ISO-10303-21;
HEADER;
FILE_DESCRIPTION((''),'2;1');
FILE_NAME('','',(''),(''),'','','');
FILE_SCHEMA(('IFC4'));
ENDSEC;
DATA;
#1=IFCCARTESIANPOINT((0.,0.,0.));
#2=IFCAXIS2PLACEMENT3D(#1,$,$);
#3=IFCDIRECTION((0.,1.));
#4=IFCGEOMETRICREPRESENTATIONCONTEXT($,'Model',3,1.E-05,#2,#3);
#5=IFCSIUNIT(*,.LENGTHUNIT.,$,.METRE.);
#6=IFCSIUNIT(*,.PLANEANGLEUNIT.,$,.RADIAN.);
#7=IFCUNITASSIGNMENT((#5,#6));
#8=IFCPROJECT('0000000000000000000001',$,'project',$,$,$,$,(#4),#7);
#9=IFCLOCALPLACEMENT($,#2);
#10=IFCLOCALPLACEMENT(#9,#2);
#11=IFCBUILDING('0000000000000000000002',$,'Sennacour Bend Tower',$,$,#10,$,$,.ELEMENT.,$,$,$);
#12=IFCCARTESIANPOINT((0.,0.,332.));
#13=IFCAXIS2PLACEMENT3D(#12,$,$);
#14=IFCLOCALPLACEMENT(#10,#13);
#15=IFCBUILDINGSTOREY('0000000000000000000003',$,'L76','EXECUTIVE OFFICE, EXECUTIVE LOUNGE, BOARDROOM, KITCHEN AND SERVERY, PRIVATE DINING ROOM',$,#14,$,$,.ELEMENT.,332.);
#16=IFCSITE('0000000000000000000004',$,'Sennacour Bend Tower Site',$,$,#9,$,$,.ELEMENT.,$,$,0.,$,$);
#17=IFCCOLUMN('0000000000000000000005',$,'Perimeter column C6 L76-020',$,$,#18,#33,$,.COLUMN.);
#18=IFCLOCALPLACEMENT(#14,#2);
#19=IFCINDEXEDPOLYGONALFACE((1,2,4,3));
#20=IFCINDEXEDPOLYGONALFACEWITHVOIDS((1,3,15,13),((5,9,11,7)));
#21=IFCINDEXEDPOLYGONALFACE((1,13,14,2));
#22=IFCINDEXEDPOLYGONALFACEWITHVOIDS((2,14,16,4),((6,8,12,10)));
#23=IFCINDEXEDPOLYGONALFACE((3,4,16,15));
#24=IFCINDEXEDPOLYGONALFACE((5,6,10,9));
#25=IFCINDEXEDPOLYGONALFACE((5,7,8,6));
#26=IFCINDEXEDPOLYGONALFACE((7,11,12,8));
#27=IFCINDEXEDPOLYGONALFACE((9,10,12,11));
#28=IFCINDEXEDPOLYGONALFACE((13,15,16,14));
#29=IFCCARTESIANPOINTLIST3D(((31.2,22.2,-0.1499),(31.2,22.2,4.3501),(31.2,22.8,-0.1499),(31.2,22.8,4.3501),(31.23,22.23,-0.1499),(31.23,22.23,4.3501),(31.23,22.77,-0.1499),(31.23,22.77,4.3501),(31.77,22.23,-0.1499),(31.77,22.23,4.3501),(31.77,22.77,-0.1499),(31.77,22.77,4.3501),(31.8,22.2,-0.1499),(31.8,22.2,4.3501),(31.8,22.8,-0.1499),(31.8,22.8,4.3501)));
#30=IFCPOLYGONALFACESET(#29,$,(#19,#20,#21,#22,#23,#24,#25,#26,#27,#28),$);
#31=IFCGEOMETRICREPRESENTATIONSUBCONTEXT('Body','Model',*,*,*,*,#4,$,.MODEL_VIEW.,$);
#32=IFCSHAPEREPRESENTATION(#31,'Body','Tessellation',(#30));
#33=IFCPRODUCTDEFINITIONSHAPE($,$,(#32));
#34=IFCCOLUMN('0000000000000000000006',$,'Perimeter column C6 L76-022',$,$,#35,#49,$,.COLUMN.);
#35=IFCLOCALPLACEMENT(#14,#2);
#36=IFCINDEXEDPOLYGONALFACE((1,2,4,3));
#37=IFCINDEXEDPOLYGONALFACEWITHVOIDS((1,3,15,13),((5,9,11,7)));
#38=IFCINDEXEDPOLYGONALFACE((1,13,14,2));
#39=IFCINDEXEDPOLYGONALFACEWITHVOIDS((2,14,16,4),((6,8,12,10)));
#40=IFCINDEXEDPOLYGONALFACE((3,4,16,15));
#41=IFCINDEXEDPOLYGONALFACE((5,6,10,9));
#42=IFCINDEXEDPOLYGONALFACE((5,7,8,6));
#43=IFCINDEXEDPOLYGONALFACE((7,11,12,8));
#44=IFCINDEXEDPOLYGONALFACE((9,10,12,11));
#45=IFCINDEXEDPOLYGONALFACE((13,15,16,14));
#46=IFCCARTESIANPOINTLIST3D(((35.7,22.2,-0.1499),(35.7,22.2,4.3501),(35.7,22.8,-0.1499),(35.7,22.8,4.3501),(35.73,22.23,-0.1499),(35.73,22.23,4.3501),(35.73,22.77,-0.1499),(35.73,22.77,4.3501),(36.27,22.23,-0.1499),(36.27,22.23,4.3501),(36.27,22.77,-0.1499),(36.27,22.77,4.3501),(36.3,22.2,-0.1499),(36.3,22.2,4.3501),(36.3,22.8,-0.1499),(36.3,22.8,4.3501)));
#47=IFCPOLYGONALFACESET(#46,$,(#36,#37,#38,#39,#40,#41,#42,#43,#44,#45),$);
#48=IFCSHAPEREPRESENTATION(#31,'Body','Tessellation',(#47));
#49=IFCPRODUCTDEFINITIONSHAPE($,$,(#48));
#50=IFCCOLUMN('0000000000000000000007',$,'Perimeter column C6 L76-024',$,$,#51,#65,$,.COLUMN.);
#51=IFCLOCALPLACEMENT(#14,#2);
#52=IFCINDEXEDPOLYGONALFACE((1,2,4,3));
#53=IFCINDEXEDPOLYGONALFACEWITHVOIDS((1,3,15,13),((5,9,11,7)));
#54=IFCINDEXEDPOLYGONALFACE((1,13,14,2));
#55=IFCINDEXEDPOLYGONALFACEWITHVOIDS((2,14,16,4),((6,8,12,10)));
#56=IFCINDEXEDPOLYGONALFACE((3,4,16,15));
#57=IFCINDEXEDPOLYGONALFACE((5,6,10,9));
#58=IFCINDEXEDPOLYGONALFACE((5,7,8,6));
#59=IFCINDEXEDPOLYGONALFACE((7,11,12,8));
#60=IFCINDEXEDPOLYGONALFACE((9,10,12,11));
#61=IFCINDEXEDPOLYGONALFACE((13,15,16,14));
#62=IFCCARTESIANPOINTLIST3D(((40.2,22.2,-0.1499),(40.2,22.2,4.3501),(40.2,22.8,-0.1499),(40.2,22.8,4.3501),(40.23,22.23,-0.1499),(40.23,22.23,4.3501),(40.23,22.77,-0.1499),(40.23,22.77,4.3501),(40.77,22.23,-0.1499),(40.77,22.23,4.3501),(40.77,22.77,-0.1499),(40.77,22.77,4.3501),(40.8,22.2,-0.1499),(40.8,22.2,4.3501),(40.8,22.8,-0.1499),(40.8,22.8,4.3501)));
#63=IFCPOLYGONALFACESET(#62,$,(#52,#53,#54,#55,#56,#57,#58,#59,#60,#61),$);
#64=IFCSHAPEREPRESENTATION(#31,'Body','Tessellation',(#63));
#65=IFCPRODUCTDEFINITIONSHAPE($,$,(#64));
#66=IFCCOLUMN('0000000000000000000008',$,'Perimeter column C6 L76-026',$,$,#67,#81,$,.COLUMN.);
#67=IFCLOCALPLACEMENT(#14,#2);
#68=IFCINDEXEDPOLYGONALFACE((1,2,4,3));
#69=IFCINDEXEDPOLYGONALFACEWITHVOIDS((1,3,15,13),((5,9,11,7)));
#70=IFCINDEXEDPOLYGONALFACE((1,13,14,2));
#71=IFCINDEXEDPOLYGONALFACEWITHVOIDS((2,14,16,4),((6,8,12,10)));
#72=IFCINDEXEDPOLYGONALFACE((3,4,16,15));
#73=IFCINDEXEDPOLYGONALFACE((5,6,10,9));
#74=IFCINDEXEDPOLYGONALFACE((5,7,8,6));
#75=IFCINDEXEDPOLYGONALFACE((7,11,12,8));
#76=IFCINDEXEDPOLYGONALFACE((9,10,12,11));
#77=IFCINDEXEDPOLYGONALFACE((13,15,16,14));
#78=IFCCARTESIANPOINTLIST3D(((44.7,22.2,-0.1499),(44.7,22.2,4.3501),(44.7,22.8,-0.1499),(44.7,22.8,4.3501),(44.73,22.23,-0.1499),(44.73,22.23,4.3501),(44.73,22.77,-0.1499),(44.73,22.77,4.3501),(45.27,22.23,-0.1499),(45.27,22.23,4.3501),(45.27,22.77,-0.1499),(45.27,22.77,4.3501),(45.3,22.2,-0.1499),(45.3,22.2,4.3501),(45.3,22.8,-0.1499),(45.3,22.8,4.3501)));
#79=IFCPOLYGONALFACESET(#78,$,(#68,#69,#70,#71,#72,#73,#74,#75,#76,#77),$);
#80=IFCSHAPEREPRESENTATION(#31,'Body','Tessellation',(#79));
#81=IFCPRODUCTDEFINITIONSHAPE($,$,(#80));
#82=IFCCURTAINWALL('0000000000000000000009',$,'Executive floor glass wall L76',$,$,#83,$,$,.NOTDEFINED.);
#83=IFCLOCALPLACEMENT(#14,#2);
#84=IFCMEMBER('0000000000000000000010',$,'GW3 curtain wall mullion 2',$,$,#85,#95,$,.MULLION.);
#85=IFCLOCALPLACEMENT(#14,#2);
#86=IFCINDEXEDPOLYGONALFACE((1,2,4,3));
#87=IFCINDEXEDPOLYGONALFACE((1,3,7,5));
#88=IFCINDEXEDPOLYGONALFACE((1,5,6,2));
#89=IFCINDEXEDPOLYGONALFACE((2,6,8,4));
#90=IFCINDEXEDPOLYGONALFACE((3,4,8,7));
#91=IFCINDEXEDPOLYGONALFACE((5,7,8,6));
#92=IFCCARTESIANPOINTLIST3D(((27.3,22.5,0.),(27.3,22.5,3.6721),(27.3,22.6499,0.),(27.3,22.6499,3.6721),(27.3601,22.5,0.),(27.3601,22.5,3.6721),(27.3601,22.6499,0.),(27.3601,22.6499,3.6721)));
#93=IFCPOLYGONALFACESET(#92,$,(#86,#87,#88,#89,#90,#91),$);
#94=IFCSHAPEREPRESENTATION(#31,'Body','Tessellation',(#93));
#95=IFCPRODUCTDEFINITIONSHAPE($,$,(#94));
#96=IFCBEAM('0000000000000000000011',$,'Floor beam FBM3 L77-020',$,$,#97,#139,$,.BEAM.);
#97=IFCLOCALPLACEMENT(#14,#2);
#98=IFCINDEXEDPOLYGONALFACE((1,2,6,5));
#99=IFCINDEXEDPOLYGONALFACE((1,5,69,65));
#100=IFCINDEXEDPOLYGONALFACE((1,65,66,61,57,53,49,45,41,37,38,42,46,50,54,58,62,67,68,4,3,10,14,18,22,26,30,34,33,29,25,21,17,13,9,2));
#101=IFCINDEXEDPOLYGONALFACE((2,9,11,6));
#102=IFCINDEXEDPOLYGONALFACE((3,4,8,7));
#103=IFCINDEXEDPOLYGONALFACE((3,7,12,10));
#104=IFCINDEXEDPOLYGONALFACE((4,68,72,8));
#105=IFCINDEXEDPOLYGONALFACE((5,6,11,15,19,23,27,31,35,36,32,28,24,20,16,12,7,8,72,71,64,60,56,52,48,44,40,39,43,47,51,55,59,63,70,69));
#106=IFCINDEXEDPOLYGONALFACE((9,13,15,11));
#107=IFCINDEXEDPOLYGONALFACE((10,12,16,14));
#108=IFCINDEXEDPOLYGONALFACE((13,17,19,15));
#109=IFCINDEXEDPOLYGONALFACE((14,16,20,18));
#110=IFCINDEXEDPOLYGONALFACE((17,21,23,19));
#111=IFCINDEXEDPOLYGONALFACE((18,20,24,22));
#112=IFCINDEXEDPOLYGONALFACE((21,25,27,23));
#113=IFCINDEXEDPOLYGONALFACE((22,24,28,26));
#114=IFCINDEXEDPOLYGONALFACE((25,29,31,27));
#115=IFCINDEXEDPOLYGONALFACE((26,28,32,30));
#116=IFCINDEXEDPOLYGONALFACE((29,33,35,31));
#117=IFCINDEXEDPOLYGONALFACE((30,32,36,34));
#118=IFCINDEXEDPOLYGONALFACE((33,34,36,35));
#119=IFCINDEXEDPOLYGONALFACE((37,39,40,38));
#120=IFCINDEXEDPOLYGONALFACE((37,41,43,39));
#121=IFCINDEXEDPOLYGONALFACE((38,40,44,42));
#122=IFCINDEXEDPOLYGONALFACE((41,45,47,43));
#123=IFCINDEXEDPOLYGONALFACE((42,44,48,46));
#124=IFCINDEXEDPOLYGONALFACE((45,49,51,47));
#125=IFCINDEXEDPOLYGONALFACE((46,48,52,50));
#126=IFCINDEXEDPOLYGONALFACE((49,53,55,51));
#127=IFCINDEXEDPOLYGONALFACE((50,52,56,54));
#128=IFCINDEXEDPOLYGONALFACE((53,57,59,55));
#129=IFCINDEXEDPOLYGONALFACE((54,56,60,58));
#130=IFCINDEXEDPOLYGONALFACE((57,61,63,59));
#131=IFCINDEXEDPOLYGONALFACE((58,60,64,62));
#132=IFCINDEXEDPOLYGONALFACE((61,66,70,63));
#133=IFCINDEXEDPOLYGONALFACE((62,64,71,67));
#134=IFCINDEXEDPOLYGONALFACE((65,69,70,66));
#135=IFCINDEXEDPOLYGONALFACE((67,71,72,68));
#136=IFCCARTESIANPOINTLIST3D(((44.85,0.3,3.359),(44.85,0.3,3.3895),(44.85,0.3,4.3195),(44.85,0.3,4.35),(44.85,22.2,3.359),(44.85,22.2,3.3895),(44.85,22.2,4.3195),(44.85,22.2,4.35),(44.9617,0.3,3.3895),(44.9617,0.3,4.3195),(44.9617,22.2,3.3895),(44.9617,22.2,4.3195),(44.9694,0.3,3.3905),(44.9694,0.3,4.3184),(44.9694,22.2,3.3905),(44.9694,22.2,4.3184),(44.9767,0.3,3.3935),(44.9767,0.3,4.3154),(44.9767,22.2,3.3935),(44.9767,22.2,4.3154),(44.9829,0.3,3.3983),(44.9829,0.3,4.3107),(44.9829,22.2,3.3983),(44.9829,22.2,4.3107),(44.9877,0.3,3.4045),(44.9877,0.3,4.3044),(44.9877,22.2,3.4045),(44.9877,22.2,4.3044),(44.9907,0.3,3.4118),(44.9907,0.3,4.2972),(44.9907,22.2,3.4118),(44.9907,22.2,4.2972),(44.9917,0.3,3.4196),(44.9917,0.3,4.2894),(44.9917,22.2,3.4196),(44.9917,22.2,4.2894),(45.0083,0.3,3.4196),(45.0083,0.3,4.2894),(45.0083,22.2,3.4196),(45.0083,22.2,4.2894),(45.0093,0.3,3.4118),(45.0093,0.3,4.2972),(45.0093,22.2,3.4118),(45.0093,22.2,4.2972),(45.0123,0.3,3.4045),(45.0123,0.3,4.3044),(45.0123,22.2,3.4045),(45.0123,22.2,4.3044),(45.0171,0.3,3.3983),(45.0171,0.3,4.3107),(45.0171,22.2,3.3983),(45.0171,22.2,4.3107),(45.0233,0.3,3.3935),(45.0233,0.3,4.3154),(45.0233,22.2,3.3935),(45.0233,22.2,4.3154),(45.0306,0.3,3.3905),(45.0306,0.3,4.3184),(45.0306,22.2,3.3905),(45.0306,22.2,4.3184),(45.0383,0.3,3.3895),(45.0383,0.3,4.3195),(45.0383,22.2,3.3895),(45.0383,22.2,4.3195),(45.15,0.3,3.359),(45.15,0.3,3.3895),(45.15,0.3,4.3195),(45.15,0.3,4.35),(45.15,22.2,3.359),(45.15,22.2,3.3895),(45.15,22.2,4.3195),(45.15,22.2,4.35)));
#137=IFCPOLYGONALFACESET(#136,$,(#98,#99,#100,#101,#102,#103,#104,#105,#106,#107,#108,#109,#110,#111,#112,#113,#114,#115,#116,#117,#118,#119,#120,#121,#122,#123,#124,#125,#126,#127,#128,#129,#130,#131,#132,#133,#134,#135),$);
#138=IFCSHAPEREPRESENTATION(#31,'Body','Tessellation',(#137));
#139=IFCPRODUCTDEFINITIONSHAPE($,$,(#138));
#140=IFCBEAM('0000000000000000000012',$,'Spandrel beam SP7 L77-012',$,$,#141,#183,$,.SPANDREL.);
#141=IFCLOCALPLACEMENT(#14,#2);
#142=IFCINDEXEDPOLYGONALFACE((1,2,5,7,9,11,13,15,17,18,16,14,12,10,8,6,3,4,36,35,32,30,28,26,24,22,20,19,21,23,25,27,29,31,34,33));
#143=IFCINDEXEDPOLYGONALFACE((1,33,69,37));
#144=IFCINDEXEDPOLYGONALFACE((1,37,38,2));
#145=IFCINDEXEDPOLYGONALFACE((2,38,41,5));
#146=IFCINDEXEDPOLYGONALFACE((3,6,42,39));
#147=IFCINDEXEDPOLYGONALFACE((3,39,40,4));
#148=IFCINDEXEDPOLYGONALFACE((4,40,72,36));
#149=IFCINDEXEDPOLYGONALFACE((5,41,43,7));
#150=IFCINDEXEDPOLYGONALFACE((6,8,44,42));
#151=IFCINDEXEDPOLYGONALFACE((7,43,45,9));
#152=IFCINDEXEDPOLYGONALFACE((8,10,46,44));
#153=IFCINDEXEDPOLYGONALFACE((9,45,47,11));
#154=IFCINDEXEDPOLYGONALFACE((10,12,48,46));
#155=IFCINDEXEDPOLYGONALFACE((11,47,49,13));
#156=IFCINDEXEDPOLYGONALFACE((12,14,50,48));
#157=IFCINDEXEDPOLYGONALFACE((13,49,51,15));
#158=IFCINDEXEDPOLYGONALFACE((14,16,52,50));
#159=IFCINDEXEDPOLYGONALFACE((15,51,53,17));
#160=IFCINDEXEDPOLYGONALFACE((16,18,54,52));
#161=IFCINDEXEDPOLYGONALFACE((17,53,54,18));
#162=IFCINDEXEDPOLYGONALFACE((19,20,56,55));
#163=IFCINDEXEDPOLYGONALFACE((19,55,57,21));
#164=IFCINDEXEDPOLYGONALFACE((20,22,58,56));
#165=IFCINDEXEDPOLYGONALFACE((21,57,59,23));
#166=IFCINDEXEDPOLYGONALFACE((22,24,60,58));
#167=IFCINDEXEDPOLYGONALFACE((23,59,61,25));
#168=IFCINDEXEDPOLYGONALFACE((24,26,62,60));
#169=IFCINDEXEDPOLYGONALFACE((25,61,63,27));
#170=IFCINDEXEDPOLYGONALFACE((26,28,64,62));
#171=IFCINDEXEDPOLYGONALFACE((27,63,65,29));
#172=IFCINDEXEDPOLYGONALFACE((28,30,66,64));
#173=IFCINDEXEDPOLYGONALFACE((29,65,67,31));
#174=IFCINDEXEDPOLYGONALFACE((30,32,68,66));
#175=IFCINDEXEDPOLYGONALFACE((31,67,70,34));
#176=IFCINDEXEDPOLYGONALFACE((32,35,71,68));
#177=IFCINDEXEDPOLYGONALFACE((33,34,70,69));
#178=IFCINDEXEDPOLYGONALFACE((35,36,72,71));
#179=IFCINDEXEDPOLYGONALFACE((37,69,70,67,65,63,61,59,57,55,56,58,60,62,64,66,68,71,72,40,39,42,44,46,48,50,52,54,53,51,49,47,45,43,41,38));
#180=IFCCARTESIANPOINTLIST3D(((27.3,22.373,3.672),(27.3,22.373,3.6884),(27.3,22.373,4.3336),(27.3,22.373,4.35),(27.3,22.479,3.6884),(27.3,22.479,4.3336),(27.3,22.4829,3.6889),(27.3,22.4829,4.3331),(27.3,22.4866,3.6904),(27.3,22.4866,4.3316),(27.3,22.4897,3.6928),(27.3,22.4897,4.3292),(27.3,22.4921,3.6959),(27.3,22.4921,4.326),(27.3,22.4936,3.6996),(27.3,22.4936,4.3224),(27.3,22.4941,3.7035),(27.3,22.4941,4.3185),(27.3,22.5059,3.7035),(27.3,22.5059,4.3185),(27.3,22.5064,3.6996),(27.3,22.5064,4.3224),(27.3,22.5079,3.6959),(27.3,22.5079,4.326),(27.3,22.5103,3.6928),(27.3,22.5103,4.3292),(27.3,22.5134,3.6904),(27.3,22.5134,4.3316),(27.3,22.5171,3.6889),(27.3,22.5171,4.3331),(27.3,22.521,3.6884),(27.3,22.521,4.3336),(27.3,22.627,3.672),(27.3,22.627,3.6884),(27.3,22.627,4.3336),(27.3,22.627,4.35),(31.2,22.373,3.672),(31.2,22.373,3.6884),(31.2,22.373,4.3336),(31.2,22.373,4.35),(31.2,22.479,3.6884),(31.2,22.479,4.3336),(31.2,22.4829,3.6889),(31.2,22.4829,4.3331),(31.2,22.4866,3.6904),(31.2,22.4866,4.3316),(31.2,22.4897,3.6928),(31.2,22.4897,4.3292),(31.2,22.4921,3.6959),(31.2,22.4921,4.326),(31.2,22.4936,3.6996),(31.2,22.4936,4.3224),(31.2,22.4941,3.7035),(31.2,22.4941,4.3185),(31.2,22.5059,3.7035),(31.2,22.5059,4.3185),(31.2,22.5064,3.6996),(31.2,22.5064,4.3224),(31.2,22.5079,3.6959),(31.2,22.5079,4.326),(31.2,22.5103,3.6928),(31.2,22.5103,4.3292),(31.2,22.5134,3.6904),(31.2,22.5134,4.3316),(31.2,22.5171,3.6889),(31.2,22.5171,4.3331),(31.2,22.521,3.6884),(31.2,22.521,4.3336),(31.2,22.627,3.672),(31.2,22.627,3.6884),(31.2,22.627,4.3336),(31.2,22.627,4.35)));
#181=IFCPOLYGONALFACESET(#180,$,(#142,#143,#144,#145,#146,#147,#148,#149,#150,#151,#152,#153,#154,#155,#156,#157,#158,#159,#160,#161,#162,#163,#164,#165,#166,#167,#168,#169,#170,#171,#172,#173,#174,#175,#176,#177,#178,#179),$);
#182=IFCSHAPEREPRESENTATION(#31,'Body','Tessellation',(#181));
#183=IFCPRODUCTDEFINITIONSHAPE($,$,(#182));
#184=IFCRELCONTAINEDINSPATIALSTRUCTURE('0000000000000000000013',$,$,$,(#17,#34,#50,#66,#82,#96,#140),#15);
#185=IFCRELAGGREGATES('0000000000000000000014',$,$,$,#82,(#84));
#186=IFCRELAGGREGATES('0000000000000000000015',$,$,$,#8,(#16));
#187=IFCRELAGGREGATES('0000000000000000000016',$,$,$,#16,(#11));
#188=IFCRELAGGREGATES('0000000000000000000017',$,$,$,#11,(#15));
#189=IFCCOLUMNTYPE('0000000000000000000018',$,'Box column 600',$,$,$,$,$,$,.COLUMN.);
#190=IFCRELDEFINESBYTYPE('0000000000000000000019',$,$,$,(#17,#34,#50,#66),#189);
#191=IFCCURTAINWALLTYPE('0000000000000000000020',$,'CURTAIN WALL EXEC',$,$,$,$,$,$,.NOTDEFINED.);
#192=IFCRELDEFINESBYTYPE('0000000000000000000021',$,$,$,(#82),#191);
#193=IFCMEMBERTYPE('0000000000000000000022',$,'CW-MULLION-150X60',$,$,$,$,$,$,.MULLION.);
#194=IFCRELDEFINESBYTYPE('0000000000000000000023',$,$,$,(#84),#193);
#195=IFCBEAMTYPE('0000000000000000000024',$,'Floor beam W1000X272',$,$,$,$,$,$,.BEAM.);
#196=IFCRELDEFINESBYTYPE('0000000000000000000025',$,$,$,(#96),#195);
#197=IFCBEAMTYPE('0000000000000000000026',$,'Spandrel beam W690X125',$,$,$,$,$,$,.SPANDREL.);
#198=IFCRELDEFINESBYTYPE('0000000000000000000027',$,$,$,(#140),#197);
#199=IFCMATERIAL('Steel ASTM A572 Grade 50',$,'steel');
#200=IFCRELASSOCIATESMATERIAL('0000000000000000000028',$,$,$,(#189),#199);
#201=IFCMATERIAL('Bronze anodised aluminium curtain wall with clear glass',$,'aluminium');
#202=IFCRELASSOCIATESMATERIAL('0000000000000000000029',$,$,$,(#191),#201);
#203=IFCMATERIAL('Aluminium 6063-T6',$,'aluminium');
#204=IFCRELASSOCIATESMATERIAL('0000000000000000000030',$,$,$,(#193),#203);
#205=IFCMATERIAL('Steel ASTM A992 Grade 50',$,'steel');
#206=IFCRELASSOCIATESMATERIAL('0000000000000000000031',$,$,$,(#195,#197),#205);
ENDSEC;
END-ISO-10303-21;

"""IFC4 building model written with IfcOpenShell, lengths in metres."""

from ifc_helpers import new_model, si_unit, direction, frame, origin, origin_2d, place, context, subcontext, project, spatial, rectangle, hollow_rectangle, i_section, extrude, material, material_profile, profile_set, type_object, element, aggregate, save


model = new_model("IFC4")

# Units and contexts
model_context = context("Model", 3, precision=1e-05, world=origin(), true_north=direction((0.0, 1.0)))
body_context = subcontext(model_context, "Body", "Model", "MODEL_VIEW")
ifc_project = project(units=[si_unit("LENGTHUNIT", "METRE"), si_unit("PLANEANGLEUNIT", "RADIAN")], contexts=[model_context])

# Site, building, storey
site_placement = place(None, origin())
site = spatial("IfcSite", under=ifc_project, at=site_placement, Name="Sennacour Bend Tower Site", CompositionType="ELEMENT", RefElevation=0.0)
building_placement = place(site_placement, origin())
building = spatial("IfcBuilding", under=site, at=building_placement, Name="Sennacour Bend Tower", CompositionType="ELEMENT")
storey_placement = place(building_placement, frame((0.0, 0.0, 332.0)))
storey = spatial("IfcBuildingStorey", under=building, at=storey_placement, Name="L76", Description="EXECUTIVE OFFICE, EXECUTIVE LOUNGE, BOARDROOM, KITCHEN AND SERVERY, PRIVATE DINING ROOM", CompositionType="ELEMENT", Elevation=332.0)

# Columns
ifc_material_1 = material(Name="Steel ASTM A572 Grade 50", Category="steel")
ifc_material_profile_1 = material_profile(ifc_material_1, hollow_rectangle(XDim=0.6001, YDim=0.6001, WallThickness=0.03, at=origin_2d()), Name="Steel ASTM A572 Grade 50", Category="steel")
ifc_profile_set_1 = profile_set([ifc_material_profile_1], Name="Steel ASTM A572 Grade 50")
column_type = type_object("IfcColumnType", Name="Box column 600", PredefinedType="COLUMN", material=ifc_profile_set_1)
for number, where, z_axis, x_axis, name in (
    (1, (31.5, 22.5, -0.1499), (0.0, 0.0, 1.0), (1.0, 0.0, 0.0), "Perimeter column C6 L76-020"),
    (2, (36.0, 22.5, -0.1499), (0.0, 0.0, 1.0), (1.0, 0.0, 0.0), "Perimeter column C6 L76-022"),
    (3, (40.5, 22.5, -0.1499), (0.0, 0.0, 1.0), (1.0, 0.0, 0.0), "Perimeter column C6 L76-024"),
    (4, (45.0, 22.5, -0.1499), (0.0, 0.0, 1.0), (1.0, 0.0, 0.0), "Perimeter column C6 L76-026"),
):
    element("IfcColumn", number, at=place(storey_placement, frame(where, z_axis=z_axis, x_axis=x_axis)), inside=storey, type_object=column_type, Name=name, PredefinedType="COLUMN", context=body_context, shape_type="SweptSolid", body=[
        extrude(hollow_rectangle(XDim=0.6001, YDim=0.6001, WallThickness=0.03, at=origin_2d()), origin(), (0.0, 0.0, 1.0), 4.5),
    ])

# Curtain wall, member
ifc_material_2 = material(Name="Bronze anodised aluminium curtain wall with clear glass", Category="aluminium")
curtain_wall_type = type_object("IfcCurtainWallType", Name="CURTAIN WALL EXEC", PredefinedType="NOTDEFINED", material=ifc_material_2)
curtain_wall_placement = place(storey_placement, origin())
curtain_wall = element("IfcCurtainWall", 5, at=curtain_wall_placement, inside=storey, type_object=curtain_wall_type, Name="Executive floor glass wall L76", PredefinedType="NOTDEFINED")
ifc_material_3 = material(Name="Aluminium 6063-T6", Category="aluminium")
ifc_material_profile_2 = material_profile(ifc_material_3, rectangle(XDim=0.1499, YDim=0.0601, at=origin_2d()), Name="Aluminium 6063-T6", Category="aluminium")
ifc_profile_set_2 = profile_set([ifc_material_profile_2], Name="Aluminium 6063-T6")
member_type = type_object("IfcMemberType", Name="CW-MULLION-150X60", PredefinedType="MULLION", material=ifc_profile_set_2)
member_placement = place(storey_placement, frame((27.3301, 22.575, 0.0), z_axis=(0.0, 0.0, 1.0), x_axis=(0.0, -1.0, 0.0)))
member = element("IfcMember", 6, at=member_placement, type_object=member_type, Name="GW3 curtain wall mullion 2", PredefinedType="MULLION", context=body_context, shape_type="SweptSolid", body=[
    extrude(rectangle(XDim=0.1499, YDim=0.0601, at=origin_2d()), origin(), (0.0, 0.0, 1.0), 3.6721),
])

# Beams
ifc_material_4 = material(Name="Steel ASTM A992 Grade 50", Category="steel")
ifc_material_profile_3 = material_profile(ifc_material_4, i_section(OverallWidth=0.3, OverallDepth=0.991, WebThickness=0.0166, FlangeThickness=0.0305, FilletRadius=0.03, at=origin_2d()), Name="Steel ASTM A992 Grade 50", Category="steel")
ifc_profile_set_3 = profile_set([ifc_material_profile_3], Name="Steel ASTM A992 Grade 50")
beam_type_1 = type_object("IfcBeamType", Name="Floor beam W1000X272", PredefinedType="BEAM", material=ifc_profile_set_3)
beam_placement = place(storey_placement, frame((45.0, 0.3, 3.8545), z_axis=(0.0, 1.0, 0.0), x_axis=(-1.0, 0.0, 0.0)))
element("IfcBeam", 7, at=beam_placement, inside=storey, type_object=beam_type_1, Name="Floor beam FBM3 L77-020", PredefinedType="BEAM", context=body_context, shape_type="SweptSolid", body=[
    extrude(i_section(OverallWidth=0.3, OverallDepth=0.991, WebThickness=0.0166, FlangeThickness=0.0305, FilletRadius=0.03, at=origin_2d()), origin(), (0.0, 0.0, 1.0), 21.8999),
])
ifc_material_profile_4 = material_profile(ifc_material_4, i_section(OverallWidth=0.2539, OverallDepth=0.678, WebThickness=0.0117, FlangeThickness=0.0164, FilletRadius=0.0151, at=origin_2d()), Name="Steel ASTM A992 Grade 50", Category="steel")
ifc_profile_set_4 = profile_set([ifc_material_profile_4], Name="Steel ASTM A992 Grade 50")
beam_type_2 = type_object("IfcBeamType", Name="Spandrel beam W690X125", PredefinedType="SPANDREL", material=ifc_profile_set_4)
for number, where, z_axis, x_axis, name in (
    (8, (27.3, 22.5, 4.011), (1.0, 0.0, 0.0), (0.0, 1.0, 0.0), "Spandrel beam SP7 L77-012"),
):
    element("IfcBeam", number, at=place(storey_placement, frame(where, z_axis=z_axis, x_axis=x_axis)), inside=storey, type_object=beam_type_2, Name=name, PredefinedType="SPANDREL", context=body_context, shape_type="SweptSolid", body=[
        extrude(i_section(OverallWidth=0.2539, OverallDepth=0.678, WebThickness=0.0117, FlangeThickness=0.0164, FilletRadius=0.0151, at=origin_2d()), origin(), (0.0, 0.0, 1.0), 3.8999),
    ])

aggregate(curtain_wall, [member])

save(model, "model.ifc")
